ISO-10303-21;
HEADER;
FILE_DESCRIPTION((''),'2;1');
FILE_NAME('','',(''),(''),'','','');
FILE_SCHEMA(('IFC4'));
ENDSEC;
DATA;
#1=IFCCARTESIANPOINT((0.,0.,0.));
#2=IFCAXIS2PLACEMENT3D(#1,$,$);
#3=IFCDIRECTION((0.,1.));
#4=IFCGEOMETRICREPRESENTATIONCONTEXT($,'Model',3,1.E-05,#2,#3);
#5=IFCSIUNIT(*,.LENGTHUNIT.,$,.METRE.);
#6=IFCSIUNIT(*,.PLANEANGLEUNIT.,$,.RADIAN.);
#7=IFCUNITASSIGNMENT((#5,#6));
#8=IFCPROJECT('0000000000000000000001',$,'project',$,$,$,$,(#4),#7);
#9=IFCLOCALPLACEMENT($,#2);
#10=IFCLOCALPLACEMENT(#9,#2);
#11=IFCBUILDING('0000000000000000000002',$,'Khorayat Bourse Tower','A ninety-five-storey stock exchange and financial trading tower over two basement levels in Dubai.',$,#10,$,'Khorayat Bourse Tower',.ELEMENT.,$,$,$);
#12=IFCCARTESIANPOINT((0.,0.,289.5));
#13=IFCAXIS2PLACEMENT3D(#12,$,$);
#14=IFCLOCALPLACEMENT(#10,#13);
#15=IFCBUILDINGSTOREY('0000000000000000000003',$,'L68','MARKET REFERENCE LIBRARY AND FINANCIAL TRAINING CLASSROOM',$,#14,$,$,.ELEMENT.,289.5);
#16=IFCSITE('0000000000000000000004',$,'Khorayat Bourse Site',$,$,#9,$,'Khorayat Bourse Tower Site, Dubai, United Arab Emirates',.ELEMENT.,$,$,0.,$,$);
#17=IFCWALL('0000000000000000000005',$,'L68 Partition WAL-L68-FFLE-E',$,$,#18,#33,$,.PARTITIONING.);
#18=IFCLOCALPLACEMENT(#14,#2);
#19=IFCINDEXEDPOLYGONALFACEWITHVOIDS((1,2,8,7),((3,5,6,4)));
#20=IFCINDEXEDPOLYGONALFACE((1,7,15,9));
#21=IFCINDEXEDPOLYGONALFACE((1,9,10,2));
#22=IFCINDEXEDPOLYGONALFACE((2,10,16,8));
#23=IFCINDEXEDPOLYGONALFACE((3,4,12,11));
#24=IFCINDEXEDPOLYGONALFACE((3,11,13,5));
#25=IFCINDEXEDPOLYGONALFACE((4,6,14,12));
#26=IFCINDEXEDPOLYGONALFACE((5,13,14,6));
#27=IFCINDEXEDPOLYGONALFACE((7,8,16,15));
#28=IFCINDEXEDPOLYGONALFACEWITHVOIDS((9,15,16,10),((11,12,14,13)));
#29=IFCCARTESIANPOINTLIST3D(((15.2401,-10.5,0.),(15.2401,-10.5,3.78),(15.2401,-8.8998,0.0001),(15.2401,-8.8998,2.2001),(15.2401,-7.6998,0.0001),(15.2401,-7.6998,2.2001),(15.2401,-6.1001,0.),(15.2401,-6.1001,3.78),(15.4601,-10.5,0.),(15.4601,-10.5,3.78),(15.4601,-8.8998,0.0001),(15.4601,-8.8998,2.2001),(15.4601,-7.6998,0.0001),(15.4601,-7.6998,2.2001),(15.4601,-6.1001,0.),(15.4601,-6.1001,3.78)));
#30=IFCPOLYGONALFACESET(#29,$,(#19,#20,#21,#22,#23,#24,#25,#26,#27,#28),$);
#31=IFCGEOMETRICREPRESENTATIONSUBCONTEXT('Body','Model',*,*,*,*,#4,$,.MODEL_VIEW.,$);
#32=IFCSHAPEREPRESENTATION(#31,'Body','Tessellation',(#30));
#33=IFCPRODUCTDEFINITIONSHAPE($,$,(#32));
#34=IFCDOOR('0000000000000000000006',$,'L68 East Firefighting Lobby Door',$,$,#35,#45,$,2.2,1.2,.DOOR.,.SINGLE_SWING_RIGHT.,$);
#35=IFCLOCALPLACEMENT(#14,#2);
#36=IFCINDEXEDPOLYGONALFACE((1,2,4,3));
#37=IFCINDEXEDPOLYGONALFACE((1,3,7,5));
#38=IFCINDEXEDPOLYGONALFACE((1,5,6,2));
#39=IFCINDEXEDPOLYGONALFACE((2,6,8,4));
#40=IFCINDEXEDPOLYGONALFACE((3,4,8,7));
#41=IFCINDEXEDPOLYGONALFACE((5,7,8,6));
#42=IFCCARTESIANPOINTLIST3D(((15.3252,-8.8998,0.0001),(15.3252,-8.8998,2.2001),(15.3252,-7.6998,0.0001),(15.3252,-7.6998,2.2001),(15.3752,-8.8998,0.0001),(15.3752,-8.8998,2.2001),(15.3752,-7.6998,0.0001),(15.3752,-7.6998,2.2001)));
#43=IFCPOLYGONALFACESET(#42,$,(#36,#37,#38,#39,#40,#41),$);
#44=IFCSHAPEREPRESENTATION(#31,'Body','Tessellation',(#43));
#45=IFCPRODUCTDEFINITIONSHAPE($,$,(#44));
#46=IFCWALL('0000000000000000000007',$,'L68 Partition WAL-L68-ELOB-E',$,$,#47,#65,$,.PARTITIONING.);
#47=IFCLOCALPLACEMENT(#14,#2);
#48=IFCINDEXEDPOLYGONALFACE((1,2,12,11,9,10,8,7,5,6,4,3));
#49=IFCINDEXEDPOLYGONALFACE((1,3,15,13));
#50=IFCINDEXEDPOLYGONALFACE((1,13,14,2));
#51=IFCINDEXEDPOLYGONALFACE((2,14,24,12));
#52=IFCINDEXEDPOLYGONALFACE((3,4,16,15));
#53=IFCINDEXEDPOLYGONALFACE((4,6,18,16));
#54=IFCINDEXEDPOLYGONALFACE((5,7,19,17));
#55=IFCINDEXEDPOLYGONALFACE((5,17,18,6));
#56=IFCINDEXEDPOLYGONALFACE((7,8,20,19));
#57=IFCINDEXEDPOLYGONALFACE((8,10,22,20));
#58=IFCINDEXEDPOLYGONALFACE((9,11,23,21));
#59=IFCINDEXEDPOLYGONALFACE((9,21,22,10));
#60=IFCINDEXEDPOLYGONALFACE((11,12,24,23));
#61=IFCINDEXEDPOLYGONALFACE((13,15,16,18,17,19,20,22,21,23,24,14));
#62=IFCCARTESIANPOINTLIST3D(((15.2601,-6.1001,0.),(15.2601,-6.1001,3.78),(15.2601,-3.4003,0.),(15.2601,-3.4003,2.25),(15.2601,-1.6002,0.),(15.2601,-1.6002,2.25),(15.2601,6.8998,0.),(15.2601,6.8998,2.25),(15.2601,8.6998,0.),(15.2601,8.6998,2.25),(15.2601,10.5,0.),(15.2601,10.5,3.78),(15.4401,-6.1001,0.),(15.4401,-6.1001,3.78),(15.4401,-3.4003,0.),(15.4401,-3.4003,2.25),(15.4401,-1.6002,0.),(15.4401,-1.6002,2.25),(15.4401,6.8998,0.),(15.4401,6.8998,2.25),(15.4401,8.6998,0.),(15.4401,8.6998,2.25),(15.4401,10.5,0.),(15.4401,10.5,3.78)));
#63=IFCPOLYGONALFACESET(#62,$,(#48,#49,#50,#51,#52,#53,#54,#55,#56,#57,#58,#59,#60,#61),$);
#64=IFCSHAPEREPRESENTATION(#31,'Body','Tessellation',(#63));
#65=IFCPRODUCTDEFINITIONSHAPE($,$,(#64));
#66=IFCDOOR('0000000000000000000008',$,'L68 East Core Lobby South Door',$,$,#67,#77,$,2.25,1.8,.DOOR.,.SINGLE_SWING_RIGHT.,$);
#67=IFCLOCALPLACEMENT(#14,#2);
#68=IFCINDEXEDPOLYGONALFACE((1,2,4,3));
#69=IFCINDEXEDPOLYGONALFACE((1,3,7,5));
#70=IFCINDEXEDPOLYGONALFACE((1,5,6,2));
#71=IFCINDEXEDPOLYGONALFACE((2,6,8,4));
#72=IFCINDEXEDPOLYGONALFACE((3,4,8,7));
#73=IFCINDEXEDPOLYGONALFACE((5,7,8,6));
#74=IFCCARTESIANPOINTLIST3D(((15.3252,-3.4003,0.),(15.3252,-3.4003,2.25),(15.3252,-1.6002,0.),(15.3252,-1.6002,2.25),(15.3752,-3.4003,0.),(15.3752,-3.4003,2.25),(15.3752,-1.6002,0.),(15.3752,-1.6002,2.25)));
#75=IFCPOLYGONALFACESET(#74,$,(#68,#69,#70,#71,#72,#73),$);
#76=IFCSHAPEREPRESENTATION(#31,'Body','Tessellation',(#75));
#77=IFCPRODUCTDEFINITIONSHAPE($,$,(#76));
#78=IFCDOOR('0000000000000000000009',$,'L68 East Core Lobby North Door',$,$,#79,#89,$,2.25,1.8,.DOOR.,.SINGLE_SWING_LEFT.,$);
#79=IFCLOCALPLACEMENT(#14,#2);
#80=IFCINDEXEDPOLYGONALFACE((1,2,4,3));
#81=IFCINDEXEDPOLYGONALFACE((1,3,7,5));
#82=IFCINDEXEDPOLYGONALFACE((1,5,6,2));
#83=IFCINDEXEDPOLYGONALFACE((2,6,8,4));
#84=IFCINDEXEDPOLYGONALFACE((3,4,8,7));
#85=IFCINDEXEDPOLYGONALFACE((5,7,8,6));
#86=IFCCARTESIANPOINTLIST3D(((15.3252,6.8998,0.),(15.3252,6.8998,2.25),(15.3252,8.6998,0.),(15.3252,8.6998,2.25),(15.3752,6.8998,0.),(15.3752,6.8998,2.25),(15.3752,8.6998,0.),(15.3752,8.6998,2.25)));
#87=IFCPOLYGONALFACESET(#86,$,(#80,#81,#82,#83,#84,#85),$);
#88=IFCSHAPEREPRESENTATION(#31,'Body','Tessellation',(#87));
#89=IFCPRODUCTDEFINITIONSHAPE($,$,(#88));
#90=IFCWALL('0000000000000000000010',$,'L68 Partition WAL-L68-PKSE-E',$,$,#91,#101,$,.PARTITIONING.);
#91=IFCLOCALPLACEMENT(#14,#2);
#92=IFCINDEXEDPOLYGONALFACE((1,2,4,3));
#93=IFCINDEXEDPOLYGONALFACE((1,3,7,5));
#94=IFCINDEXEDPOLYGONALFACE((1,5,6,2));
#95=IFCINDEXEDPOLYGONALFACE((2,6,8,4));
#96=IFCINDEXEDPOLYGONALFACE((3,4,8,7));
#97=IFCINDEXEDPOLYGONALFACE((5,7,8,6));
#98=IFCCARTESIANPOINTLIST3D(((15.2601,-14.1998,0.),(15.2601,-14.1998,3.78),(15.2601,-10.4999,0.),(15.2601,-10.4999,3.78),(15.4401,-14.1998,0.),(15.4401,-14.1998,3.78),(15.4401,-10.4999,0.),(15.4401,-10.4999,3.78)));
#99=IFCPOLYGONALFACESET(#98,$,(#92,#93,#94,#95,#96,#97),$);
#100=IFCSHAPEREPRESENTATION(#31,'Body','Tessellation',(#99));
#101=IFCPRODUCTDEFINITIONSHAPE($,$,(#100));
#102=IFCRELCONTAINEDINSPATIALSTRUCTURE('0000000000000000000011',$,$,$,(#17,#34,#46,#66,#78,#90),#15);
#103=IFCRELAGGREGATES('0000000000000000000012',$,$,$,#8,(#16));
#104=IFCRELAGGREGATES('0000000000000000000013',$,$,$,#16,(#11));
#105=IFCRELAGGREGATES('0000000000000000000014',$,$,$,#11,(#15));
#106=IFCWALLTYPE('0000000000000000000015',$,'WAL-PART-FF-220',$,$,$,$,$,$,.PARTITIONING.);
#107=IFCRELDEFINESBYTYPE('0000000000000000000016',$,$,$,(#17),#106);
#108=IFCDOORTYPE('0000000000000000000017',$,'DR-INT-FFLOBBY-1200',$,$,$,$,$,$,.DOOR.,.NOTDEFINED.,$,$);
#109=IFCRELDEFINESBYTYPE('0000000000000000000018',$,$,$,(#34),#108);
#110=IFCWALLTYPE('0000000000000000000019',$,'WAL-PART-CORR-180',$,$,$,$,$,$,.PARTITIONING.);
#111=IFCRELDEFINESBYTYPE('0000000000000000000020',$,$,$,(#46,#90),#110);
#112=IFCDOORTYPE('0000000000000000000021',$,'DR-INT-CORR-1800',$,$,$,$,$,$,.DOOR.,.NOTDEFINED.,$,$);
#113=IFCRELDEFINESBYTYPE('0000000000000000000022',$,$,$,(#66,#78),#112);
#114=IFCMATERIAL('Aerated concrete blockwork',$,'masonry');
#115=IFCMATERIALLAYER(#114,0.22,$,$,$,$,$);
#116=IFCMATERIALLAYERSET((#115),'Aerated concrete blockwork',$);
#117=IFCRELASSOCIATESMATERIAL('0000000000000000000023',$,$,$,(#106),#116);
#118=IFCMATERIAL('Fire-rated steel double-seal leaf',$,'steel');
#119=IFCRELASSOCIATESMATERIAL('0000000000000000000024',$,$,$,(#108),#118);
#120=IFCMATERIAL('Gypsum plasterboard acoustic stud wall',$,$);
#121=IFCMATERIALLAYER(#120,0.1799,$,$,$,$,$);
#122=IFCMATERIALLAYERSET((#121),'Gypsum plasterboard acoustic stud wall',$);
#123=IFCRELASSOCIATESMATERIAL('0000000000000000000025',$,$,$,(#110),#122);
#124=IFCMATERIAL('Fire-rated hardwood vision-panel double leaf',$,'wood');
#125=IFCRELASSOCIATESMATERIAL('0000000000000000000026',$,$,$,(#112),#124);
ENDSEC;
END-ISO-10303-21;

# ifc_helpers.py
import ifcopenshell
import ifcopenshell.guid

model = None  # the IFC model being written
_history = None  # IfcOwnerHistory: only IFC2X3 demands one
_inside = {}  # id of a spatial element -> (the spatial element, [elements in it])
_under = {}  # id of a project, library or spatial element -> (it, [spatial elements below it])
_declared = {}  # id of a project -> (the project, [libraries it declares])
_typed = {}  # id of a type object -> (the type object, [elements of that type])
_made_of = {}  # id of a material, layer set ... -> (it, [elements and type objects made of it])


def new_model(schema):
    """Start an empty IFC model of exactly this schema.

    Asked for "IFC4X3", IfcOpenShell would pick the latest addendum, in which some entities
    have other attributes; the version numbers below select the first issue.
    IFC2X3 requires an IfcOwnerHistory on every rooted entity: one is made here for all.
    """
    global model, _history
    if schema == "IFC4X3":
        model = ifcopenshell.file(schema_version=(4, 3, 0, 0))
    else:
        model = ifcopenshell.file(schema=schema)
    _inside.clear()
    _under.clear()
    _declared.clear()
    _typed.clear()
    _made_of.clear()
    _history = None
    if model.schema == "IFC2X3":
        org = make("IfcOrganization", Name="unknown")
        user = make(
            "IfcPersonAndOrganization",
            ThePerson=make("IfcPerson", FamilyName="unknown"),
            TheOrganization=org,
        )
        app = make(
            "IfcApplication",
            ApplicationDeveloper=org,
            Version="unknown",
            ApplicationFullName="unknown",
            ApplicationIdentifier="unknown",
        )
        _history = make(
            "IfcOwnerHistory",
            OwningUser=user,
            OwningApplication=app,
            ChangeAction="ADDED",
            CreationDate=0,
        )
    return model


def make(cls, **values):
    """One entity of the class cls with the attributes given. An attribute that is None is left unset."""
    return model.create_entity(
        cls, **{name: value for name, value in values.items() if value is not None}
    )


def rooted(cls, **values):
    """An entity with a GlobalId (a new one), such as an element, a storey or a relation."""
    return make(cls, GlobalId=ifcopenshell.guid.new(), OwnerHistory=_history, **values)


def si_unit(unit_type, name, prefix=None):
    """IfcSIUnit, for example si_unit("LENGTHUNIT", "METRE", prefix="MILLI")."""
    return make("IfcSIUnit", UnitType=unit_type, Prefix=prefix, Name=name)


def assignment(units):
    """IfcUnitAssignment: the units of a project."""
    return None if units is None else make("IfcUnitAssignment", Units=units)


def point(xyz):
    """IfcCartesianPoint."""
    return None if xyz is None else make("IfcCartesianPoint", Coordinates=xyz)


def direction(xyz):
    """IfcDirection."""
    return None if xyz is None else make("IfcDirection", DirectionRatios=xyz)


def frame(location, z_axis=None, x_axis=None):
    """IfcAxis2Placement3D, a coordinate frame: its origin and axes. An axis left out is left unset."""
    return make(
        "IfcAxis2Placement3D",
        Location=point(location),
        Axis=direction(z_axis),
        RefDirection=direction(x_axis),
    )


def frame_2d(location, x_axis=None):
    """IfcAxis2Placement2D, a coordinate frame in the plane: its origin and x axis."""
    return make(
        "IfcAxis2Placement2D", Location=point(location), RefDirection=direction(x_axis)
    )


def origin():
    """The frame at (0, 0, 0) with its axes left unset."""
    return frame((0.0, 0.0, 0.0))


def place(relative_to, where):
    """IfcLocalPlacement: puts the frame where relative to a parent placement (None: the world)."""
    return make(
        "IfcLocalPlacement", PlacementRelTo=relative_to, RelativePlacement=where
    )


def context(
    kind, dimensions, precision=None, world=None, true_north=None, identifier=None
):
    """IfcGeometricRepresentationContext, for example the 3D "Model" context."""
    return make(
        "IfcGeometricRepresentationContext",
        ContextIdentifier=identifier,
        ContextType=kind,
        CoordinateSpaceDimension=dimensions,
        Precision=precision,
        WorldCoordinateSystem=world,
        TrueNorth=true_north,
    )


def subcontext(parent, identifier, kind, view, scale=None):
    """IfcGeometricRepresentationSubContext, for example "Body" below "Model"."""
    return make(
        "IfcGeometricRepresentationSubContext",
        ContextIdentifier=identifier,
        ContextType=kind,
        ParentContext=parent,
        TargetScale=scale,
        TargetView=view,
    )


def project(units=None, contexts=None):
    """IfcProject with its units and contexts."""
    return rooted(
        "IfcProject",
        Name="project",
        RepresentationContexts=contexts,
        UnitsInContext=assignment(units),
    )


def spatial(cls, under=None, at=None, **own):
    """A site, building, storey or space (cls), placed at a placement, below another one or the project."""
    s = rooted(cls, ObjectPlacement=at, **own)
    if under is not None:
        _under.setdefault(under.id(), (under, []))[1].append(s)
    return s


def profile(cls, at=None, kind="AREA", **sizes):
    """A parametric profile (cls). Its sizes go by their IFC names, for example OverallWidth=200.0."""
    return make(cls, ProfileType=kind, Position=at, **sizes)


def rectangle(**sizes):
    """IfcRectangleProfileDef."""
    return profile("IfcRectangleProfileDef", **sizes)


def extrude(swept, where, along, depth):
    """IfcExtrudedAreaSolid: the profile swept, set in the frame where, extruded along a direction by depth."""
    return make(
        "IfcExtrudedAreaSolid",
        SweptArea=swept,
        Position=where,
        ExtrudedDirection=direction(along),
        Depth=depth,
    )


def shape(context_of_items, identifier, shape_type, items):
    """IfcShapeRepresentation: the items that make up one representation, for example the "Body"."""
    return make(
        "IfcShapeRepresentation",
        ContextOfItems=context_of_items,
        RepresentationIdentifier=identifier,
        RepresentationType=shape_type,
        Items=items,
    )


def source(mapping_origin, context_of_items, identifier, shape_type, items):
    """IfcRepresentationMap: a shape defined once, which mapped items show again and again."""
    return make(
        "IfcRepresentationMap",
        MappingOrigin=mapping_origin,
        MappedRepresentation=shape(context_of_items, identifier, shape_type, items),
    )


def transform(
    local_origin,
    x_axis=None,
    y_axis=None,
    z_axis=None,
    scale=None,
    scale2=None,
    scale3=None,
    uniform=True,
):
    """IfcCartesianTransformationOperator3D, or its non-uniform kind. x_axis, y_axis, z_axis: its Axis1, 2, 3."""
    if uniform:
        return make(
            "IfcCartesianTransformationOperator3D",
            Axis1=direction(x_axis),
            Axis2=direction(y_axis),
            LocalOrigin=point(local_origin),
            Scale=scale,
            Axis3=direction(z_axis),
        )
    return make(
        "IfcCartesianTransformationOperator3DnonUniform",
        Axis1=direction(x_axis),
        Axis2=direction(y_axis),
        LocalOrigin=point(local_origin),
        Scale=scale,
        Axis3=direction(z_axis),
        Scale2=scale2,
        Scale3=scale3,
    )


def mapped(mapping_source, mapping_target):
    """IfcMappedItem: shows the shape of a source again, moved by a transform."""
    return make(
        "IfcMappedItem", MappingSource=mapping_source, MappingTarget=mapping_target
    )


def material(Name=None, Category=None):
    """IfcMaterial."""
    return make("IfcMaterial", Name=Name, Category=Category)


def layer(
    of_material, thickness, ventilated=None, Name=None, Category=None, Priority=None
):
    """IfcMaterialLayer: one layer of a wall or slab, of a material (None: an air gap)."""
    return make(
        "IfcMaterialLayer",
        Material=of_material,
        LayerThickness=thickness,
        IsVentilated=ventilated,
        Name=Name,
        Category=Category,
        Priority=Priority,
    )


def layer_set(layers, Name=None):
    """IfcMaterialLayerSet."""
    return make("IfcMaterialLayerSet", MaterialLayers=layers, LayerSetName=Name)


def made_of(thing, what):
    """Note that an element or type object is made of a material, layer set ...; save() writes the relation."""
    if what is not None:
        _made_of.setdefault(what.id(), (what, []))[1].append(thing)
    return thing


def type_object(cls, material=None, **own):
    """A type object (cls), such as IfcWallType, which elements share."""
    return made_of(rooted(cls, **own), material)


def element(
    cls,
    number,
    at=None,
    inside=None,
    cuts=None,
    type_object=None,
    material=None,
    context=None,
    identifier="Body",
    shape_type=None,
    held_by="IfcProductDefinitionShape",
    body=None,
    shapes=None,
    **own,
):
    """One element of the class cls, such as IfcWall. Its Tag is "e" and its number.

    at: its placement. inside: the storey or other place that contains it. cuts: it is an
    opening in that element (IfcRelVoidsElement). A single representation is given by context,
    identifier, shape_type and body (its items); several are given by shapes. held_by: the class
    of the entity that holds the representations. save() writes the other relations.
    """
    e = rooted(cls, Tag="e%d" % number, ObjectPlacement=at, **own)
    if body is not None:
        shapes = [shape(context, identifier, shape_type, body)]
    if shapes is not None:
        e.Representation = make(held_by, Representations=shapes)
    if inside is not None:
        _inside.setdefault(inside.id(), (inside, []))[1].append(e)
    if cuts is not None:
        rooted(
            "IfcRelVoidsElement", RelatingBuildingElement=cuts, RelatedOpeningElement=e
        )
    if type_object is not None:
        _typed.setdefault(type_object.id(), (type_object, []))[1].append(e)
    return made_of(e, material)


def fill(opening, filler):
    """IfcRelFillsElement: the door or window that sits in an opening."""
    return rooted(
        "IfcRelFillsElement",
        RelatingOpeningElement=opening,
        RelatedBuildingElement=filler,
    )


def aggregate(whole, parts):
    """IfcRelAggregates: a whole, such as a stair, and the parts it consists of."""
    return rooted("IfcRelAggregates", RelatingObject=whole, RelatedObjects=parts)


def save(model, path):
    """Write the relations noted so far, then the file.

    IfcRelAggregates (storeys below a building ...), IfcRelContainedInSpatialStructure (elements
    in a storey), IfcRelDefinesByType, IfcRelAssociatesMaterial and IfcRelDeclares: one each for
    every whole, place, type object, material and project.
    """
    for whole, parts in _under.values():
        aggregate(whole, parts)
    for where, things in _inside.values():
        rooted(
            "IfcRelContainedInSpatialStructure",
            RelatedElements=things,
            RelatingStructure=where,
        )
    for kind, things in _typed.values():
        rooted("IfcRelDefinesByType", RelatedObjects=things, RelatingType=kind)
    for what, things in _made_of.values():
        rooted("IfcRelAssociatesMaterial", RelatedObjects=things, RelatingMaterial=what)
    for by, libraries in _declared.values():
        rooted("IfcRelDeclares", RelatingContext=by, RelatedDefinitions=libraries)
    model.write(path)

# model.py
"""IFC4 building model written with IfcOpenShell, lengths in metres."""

from ifc_helpers import new_model, si_unit, direction, frame, frame_2d, origin, place, context, subcontext, project, spatial, rectangle, extrude, source, transform, mapped, material, layer, layer_set, type_object, element, fill, save


model = new_model("IFC4")

# Units and contexts
model_context = context("Model", 3, precision=1e-05, world=origin(), true_north=direction((0.0, 1.0)))
body_context = subcontext(model_context, "Body", "Model", "MODEL_VIEW")
ifc_project = project(units=[si_unit("LENGTHUNIT", "METRE"), si_unit("PLANEANGLEUNIT", "RADIAN")], contexts=[model_context])

# Site, building, storey
site_placement = place(None, origin())
site = spatial("IfcSite", under=ifc_project, at=site_placement, Name="Khorayat Bourse Site", LongName="Khorayat Bourse Tower Site, Dubai, United Arab Emirates", CompositionType="ELEMENT", RefElevation=0.0)
building_placement = place(site_placement, origin())
building = spatial("IfcBuilding", under=site, at=building_placement, Name="Khorayat Bourse Tower", Description="A ninety-five-storey stock exchange and financial trading tower over two basement levels in Dubai.", LongName="Khorayat Bourse Tower", CompositionType="ELEMENT")
storey_placement = place(building_placement, frame((0.0, 0.0, 289.5)))
storey = spatial("IfcBuildingStorey", under=building, at=storey_placement, Name="L68", Description="MARKET REFERENCE LIBRARY AND FINANCIAL TRAINING CLASSROOM", CompositionType="ELEMENT", Elevation=289.5)

# Shared definitions
ifc_material_1 = material(Name="Aerated concrete blockwork", Category="masonry")
ifc_layer_1 = layer(ifc_material_1, 0.22)
ifc_layer_set_1 = layer_set([ifc_layer_1], Name="Aerated concrete blockwork")
wall_type_1 = type_object("IfcWallType", Name="WAL-PART-FF-220", PredefinedType="PARTITIONING", material=ifc_layer_set_1)

# Wall, opening, door
shared_shape_1 = source(origin(), body_context, "Body", "SweptSolid", [
    extrude(rectangle(XDim=4.3999, YDim=0.22, at=frame_2d((2.2, 0.0))), origin(), (0.0, 0.0, 1.0), 3.78),
])
wall_1_placement = place(storey_placement, frame((15.3501, -10.5, 0.0), z_axis=(0.0, 0.0, 1.0), x_axis=(0.0, 1.0, 0.0)))
wall_1 = element("IfcWall", 1, at=wall_1_placement, inside=storey, type_object=wall_type_1, Name="L68 Partition WAL-L68-FFLE-E", PredefinedType="PARTITIONING", context=body_context, shape_type="MappedRepresentation", body=[
    mapped(shared_shape_1, transform((0.0, 0.0, 0.0), scale=1.0)),
])
shared_shape_2 = source(origin(), body_context, "Body", "SweptSolid", [
    extrude(rectangle(XDim=1.2, YDim=2.2, at=frame_2d((0.6001, 1.1001))), frame((0.0, 0.1199, 0.0), z_axis=(0.0, -1.0, 0.0), x_axis=(1.0, 0.0, 0.0)), (0.0, 0.0, 1.0), 0.24),
])
opening_1_placement = place(wall_1_placement, frame((1.6001, 0.0, 0.0)))
opening_1 = element("IfcOpeningElement", 2, at=opening_1_placement, cuts=wall_1, PredefinedType="OPENING", context=body_context, shape_type="MappedRepresentation", body=[
    mapped(shared_shape_2, transform((0.0, 0.0, 0.0), scale=1.0)),
])
ifc_material_2 = material(Name="Fire-rated steel double-seal leaf", Category="steel")
door_type_1 = type_object("IfcDoorType", Name="DR-INT-FFLOBBY-1200", OperationType="NOTDEFINED", PredefinedType="DOOR", material=ifc_material_2)
shared_shape_3 = source(origin(), body_context, "Body", "SweptSolid", [
    extrude(rectangle(XDim=1.2, YDim=2.2, at=frame_2d((0.6001, 1.1001))), frame((0.0, 0.0249, 0.0), z_axis=(0.0, -1.0, 0.0), x_axis=(1.0, 0.0, 0.0)), (0.0, 0.0, 1.0), 0.05),
])
door_1_placement = place(opening_1_placement, origin())
door_1 = element("IfcDoor", 3, at=door_1_placement, inside=storey, type_object=door_type_1, Name="L68 East Firefighting Lobby Door", OperationType="SINGLE_SWING_RIGHT", OverallHeight=2.2, OverallWidth=1.2, PredefinedType="DOOR", context=body_context, shape_type="MappedRepresentation", body=[
    mapped(shared_shape_3, transform((0.0, 0.0, 0.0), scale=1.0)),
])
fill(opening_1, door_1)

# Wall, openings, doors
ifc_material_3 = material(Name="Gypsum plasterboard acoustic stud wall")
ifc_layer_2 = layer(ifc_material_3, 0.1799)
ifc_layer_set_2 = layer_set([ifc_layer_2], Name="Gypsum plasterboard acoustic stud wall")
wall_type_2 = type_object("IfcWallType", Name="WAL-PART-CORR-180", PredefinedType="PARTITIONING", material=ifc_layer_set_2)
shared_shape_4 = source(origin(), body_context, "Body", "SweptSolid", [
    extrude(rectangle(XDim=16.6001, YDim=0.1799, at=frame_2d((8.3, 0.0))), origin(), (0.0, 0.0, 1.0), 3.78),
])
wall_2_placement = place(storey_placement, frame((15.3501, -6.1001, 0.0), z_axis=(0.0, 0.0, 1.0), x_axis=(0.0, 1.0, 0.0)))
wall_2 = element("IfcWall", 4, at=wall_2_placement, inside=storey, type_object=wall_type_2, Name="L68 Partition WAL-L68-ELOB-E", PredefinedType="PARTITIONING", context=body_context, shape_type="MappedRepresentation", body=[
    mapped(shared_shape_4, transform((0.0, 0.0, 0.0), scale=1.0)),
])
shared_shape_5 = source(origin(), body_context, "Body", "SweptSolid", [
    extrude(rectangle(XDim=1.8, YDim=2.25, at=frame_2d((0.8999, 1.125))), frame((0.0, 0.0999, 0.0), z_axis=(0.0, -1.0, 0.0), x_axis=(1.0, 0.0, 0.0)), (0.0, 0.0, 1.0), 0.2),
])
opening_2_placement = place(wall_2_placement, frame((2.7, 0.0, 0.0)))
opening_2 = element("IfcOpeningElement", 5, at=opening_2_placement, cuts=wall_2, PredefinedType="OPENING", context=body_context, shape_type="MappedRepresentation", body=[
    mapped(shared_shape_5, transform((0.0, 0.0, 0.0), scale=1.0)),
])
opening_3_placement = place(wall_2_placement, frame((13.0, 0.0, 0.0)))
opening_3 = element("IfcOpeningElement", 6, at=opening_3_placement, cuts=wall_2, PredefinedType="OPENING", context=body_context, shape_type="MappedRepresentation", body=[
    mapped(shared_shape_5, transform((0.0, 0.0, 0.0), scale=1.0)),
])
ifc_material_4 = material(Name="Fire-rated hardwood vision-panel double leaf", Category="wood")
door_type_2 = type_object("IfcDoorType", Name="DR-INT-CORR-1800", OperationType="NOTDEFINED", PredefinedType="DOOR", material=ifc_material_4)
shared_shape_6 = source(origin(), body_context, "Body", "SweptSolid", [
    extrude(rectangle(XDim=1.8, YDim=2.25, at=frame_2d((0.8999, 1.125))), frame((0.0, 0.0249, 0.0), z_axis=(0.0, -1.0, 0.0), x_axis=(1.0, 0.0, 0.0)), (0.0, 0.0, 1.0), 0.05),
])
door_2_placement = place(opening_2_placement, origin())
door_2 = element("IfcDoor", 7, at=door_2_placement, inside=storey, type_object=door_type_2, Name="L68 East Core Lobby South Door", OperationType="SINGLE_SWING_RIGHT", OverallHeight=2.25, OverallWidth=1.8, PredefinedType="DOOR", context=body_context, shape_type="MappedRepresentation", body=[
    mapped(shared_shape_6, transform((0.0, 0.0, 0.0), scale=1.0)),
])
fill(opening_2, door_2)
door_3_placement = place(opening_3_placement, origin())
door_3 = element("IfcDoor", 8, at=door_3_placement, inside=storey, type_object=door_type_2, Name="L68 East Core Lobby North Door", OperationType="SINGLE_SWING_LEFT", OverallHeight=2.25, OverallWidth=1.8, PredefinedType="DOOR", context=body_context, shape_type="MappedRepresentation", body=[
    mapped(shared_shape_6, transform((0.0, 0.0, 0.0), scale=1.0)),
])
fill(opening_3, door_3)

# Wall
shared_shape_7 = source(origin(), body_context, "Body", "SweptSolid", [
    extrude(rectangle(XDim=3.7, YDim=0.1799, at=frame_2d((1.8501, 0.0))), origin(), (0.0, 0.0, 1.0), 3.78),
])
wall_3_placement = place(storey_placement, frame((15.3501, -14.2, 0.0), z_axis=(0.0, 0.0, 1.0), x_axis=(0.0, 1.0, 0.0)))
element("IfcWall", 9, at=wall_3_placement, inside=storey, type_object=wall_type_2, Name="L68 Partition WAL-L68-PKSE-E", PredefinedType="PARTITIONING", context=body_context, shape_type="MappedRepresentation", body=[
    mapped(shared_shape_7, transform((0.0, 0.0, 0.0), scale=1.0)),
])

save(model, "model.ifc")
